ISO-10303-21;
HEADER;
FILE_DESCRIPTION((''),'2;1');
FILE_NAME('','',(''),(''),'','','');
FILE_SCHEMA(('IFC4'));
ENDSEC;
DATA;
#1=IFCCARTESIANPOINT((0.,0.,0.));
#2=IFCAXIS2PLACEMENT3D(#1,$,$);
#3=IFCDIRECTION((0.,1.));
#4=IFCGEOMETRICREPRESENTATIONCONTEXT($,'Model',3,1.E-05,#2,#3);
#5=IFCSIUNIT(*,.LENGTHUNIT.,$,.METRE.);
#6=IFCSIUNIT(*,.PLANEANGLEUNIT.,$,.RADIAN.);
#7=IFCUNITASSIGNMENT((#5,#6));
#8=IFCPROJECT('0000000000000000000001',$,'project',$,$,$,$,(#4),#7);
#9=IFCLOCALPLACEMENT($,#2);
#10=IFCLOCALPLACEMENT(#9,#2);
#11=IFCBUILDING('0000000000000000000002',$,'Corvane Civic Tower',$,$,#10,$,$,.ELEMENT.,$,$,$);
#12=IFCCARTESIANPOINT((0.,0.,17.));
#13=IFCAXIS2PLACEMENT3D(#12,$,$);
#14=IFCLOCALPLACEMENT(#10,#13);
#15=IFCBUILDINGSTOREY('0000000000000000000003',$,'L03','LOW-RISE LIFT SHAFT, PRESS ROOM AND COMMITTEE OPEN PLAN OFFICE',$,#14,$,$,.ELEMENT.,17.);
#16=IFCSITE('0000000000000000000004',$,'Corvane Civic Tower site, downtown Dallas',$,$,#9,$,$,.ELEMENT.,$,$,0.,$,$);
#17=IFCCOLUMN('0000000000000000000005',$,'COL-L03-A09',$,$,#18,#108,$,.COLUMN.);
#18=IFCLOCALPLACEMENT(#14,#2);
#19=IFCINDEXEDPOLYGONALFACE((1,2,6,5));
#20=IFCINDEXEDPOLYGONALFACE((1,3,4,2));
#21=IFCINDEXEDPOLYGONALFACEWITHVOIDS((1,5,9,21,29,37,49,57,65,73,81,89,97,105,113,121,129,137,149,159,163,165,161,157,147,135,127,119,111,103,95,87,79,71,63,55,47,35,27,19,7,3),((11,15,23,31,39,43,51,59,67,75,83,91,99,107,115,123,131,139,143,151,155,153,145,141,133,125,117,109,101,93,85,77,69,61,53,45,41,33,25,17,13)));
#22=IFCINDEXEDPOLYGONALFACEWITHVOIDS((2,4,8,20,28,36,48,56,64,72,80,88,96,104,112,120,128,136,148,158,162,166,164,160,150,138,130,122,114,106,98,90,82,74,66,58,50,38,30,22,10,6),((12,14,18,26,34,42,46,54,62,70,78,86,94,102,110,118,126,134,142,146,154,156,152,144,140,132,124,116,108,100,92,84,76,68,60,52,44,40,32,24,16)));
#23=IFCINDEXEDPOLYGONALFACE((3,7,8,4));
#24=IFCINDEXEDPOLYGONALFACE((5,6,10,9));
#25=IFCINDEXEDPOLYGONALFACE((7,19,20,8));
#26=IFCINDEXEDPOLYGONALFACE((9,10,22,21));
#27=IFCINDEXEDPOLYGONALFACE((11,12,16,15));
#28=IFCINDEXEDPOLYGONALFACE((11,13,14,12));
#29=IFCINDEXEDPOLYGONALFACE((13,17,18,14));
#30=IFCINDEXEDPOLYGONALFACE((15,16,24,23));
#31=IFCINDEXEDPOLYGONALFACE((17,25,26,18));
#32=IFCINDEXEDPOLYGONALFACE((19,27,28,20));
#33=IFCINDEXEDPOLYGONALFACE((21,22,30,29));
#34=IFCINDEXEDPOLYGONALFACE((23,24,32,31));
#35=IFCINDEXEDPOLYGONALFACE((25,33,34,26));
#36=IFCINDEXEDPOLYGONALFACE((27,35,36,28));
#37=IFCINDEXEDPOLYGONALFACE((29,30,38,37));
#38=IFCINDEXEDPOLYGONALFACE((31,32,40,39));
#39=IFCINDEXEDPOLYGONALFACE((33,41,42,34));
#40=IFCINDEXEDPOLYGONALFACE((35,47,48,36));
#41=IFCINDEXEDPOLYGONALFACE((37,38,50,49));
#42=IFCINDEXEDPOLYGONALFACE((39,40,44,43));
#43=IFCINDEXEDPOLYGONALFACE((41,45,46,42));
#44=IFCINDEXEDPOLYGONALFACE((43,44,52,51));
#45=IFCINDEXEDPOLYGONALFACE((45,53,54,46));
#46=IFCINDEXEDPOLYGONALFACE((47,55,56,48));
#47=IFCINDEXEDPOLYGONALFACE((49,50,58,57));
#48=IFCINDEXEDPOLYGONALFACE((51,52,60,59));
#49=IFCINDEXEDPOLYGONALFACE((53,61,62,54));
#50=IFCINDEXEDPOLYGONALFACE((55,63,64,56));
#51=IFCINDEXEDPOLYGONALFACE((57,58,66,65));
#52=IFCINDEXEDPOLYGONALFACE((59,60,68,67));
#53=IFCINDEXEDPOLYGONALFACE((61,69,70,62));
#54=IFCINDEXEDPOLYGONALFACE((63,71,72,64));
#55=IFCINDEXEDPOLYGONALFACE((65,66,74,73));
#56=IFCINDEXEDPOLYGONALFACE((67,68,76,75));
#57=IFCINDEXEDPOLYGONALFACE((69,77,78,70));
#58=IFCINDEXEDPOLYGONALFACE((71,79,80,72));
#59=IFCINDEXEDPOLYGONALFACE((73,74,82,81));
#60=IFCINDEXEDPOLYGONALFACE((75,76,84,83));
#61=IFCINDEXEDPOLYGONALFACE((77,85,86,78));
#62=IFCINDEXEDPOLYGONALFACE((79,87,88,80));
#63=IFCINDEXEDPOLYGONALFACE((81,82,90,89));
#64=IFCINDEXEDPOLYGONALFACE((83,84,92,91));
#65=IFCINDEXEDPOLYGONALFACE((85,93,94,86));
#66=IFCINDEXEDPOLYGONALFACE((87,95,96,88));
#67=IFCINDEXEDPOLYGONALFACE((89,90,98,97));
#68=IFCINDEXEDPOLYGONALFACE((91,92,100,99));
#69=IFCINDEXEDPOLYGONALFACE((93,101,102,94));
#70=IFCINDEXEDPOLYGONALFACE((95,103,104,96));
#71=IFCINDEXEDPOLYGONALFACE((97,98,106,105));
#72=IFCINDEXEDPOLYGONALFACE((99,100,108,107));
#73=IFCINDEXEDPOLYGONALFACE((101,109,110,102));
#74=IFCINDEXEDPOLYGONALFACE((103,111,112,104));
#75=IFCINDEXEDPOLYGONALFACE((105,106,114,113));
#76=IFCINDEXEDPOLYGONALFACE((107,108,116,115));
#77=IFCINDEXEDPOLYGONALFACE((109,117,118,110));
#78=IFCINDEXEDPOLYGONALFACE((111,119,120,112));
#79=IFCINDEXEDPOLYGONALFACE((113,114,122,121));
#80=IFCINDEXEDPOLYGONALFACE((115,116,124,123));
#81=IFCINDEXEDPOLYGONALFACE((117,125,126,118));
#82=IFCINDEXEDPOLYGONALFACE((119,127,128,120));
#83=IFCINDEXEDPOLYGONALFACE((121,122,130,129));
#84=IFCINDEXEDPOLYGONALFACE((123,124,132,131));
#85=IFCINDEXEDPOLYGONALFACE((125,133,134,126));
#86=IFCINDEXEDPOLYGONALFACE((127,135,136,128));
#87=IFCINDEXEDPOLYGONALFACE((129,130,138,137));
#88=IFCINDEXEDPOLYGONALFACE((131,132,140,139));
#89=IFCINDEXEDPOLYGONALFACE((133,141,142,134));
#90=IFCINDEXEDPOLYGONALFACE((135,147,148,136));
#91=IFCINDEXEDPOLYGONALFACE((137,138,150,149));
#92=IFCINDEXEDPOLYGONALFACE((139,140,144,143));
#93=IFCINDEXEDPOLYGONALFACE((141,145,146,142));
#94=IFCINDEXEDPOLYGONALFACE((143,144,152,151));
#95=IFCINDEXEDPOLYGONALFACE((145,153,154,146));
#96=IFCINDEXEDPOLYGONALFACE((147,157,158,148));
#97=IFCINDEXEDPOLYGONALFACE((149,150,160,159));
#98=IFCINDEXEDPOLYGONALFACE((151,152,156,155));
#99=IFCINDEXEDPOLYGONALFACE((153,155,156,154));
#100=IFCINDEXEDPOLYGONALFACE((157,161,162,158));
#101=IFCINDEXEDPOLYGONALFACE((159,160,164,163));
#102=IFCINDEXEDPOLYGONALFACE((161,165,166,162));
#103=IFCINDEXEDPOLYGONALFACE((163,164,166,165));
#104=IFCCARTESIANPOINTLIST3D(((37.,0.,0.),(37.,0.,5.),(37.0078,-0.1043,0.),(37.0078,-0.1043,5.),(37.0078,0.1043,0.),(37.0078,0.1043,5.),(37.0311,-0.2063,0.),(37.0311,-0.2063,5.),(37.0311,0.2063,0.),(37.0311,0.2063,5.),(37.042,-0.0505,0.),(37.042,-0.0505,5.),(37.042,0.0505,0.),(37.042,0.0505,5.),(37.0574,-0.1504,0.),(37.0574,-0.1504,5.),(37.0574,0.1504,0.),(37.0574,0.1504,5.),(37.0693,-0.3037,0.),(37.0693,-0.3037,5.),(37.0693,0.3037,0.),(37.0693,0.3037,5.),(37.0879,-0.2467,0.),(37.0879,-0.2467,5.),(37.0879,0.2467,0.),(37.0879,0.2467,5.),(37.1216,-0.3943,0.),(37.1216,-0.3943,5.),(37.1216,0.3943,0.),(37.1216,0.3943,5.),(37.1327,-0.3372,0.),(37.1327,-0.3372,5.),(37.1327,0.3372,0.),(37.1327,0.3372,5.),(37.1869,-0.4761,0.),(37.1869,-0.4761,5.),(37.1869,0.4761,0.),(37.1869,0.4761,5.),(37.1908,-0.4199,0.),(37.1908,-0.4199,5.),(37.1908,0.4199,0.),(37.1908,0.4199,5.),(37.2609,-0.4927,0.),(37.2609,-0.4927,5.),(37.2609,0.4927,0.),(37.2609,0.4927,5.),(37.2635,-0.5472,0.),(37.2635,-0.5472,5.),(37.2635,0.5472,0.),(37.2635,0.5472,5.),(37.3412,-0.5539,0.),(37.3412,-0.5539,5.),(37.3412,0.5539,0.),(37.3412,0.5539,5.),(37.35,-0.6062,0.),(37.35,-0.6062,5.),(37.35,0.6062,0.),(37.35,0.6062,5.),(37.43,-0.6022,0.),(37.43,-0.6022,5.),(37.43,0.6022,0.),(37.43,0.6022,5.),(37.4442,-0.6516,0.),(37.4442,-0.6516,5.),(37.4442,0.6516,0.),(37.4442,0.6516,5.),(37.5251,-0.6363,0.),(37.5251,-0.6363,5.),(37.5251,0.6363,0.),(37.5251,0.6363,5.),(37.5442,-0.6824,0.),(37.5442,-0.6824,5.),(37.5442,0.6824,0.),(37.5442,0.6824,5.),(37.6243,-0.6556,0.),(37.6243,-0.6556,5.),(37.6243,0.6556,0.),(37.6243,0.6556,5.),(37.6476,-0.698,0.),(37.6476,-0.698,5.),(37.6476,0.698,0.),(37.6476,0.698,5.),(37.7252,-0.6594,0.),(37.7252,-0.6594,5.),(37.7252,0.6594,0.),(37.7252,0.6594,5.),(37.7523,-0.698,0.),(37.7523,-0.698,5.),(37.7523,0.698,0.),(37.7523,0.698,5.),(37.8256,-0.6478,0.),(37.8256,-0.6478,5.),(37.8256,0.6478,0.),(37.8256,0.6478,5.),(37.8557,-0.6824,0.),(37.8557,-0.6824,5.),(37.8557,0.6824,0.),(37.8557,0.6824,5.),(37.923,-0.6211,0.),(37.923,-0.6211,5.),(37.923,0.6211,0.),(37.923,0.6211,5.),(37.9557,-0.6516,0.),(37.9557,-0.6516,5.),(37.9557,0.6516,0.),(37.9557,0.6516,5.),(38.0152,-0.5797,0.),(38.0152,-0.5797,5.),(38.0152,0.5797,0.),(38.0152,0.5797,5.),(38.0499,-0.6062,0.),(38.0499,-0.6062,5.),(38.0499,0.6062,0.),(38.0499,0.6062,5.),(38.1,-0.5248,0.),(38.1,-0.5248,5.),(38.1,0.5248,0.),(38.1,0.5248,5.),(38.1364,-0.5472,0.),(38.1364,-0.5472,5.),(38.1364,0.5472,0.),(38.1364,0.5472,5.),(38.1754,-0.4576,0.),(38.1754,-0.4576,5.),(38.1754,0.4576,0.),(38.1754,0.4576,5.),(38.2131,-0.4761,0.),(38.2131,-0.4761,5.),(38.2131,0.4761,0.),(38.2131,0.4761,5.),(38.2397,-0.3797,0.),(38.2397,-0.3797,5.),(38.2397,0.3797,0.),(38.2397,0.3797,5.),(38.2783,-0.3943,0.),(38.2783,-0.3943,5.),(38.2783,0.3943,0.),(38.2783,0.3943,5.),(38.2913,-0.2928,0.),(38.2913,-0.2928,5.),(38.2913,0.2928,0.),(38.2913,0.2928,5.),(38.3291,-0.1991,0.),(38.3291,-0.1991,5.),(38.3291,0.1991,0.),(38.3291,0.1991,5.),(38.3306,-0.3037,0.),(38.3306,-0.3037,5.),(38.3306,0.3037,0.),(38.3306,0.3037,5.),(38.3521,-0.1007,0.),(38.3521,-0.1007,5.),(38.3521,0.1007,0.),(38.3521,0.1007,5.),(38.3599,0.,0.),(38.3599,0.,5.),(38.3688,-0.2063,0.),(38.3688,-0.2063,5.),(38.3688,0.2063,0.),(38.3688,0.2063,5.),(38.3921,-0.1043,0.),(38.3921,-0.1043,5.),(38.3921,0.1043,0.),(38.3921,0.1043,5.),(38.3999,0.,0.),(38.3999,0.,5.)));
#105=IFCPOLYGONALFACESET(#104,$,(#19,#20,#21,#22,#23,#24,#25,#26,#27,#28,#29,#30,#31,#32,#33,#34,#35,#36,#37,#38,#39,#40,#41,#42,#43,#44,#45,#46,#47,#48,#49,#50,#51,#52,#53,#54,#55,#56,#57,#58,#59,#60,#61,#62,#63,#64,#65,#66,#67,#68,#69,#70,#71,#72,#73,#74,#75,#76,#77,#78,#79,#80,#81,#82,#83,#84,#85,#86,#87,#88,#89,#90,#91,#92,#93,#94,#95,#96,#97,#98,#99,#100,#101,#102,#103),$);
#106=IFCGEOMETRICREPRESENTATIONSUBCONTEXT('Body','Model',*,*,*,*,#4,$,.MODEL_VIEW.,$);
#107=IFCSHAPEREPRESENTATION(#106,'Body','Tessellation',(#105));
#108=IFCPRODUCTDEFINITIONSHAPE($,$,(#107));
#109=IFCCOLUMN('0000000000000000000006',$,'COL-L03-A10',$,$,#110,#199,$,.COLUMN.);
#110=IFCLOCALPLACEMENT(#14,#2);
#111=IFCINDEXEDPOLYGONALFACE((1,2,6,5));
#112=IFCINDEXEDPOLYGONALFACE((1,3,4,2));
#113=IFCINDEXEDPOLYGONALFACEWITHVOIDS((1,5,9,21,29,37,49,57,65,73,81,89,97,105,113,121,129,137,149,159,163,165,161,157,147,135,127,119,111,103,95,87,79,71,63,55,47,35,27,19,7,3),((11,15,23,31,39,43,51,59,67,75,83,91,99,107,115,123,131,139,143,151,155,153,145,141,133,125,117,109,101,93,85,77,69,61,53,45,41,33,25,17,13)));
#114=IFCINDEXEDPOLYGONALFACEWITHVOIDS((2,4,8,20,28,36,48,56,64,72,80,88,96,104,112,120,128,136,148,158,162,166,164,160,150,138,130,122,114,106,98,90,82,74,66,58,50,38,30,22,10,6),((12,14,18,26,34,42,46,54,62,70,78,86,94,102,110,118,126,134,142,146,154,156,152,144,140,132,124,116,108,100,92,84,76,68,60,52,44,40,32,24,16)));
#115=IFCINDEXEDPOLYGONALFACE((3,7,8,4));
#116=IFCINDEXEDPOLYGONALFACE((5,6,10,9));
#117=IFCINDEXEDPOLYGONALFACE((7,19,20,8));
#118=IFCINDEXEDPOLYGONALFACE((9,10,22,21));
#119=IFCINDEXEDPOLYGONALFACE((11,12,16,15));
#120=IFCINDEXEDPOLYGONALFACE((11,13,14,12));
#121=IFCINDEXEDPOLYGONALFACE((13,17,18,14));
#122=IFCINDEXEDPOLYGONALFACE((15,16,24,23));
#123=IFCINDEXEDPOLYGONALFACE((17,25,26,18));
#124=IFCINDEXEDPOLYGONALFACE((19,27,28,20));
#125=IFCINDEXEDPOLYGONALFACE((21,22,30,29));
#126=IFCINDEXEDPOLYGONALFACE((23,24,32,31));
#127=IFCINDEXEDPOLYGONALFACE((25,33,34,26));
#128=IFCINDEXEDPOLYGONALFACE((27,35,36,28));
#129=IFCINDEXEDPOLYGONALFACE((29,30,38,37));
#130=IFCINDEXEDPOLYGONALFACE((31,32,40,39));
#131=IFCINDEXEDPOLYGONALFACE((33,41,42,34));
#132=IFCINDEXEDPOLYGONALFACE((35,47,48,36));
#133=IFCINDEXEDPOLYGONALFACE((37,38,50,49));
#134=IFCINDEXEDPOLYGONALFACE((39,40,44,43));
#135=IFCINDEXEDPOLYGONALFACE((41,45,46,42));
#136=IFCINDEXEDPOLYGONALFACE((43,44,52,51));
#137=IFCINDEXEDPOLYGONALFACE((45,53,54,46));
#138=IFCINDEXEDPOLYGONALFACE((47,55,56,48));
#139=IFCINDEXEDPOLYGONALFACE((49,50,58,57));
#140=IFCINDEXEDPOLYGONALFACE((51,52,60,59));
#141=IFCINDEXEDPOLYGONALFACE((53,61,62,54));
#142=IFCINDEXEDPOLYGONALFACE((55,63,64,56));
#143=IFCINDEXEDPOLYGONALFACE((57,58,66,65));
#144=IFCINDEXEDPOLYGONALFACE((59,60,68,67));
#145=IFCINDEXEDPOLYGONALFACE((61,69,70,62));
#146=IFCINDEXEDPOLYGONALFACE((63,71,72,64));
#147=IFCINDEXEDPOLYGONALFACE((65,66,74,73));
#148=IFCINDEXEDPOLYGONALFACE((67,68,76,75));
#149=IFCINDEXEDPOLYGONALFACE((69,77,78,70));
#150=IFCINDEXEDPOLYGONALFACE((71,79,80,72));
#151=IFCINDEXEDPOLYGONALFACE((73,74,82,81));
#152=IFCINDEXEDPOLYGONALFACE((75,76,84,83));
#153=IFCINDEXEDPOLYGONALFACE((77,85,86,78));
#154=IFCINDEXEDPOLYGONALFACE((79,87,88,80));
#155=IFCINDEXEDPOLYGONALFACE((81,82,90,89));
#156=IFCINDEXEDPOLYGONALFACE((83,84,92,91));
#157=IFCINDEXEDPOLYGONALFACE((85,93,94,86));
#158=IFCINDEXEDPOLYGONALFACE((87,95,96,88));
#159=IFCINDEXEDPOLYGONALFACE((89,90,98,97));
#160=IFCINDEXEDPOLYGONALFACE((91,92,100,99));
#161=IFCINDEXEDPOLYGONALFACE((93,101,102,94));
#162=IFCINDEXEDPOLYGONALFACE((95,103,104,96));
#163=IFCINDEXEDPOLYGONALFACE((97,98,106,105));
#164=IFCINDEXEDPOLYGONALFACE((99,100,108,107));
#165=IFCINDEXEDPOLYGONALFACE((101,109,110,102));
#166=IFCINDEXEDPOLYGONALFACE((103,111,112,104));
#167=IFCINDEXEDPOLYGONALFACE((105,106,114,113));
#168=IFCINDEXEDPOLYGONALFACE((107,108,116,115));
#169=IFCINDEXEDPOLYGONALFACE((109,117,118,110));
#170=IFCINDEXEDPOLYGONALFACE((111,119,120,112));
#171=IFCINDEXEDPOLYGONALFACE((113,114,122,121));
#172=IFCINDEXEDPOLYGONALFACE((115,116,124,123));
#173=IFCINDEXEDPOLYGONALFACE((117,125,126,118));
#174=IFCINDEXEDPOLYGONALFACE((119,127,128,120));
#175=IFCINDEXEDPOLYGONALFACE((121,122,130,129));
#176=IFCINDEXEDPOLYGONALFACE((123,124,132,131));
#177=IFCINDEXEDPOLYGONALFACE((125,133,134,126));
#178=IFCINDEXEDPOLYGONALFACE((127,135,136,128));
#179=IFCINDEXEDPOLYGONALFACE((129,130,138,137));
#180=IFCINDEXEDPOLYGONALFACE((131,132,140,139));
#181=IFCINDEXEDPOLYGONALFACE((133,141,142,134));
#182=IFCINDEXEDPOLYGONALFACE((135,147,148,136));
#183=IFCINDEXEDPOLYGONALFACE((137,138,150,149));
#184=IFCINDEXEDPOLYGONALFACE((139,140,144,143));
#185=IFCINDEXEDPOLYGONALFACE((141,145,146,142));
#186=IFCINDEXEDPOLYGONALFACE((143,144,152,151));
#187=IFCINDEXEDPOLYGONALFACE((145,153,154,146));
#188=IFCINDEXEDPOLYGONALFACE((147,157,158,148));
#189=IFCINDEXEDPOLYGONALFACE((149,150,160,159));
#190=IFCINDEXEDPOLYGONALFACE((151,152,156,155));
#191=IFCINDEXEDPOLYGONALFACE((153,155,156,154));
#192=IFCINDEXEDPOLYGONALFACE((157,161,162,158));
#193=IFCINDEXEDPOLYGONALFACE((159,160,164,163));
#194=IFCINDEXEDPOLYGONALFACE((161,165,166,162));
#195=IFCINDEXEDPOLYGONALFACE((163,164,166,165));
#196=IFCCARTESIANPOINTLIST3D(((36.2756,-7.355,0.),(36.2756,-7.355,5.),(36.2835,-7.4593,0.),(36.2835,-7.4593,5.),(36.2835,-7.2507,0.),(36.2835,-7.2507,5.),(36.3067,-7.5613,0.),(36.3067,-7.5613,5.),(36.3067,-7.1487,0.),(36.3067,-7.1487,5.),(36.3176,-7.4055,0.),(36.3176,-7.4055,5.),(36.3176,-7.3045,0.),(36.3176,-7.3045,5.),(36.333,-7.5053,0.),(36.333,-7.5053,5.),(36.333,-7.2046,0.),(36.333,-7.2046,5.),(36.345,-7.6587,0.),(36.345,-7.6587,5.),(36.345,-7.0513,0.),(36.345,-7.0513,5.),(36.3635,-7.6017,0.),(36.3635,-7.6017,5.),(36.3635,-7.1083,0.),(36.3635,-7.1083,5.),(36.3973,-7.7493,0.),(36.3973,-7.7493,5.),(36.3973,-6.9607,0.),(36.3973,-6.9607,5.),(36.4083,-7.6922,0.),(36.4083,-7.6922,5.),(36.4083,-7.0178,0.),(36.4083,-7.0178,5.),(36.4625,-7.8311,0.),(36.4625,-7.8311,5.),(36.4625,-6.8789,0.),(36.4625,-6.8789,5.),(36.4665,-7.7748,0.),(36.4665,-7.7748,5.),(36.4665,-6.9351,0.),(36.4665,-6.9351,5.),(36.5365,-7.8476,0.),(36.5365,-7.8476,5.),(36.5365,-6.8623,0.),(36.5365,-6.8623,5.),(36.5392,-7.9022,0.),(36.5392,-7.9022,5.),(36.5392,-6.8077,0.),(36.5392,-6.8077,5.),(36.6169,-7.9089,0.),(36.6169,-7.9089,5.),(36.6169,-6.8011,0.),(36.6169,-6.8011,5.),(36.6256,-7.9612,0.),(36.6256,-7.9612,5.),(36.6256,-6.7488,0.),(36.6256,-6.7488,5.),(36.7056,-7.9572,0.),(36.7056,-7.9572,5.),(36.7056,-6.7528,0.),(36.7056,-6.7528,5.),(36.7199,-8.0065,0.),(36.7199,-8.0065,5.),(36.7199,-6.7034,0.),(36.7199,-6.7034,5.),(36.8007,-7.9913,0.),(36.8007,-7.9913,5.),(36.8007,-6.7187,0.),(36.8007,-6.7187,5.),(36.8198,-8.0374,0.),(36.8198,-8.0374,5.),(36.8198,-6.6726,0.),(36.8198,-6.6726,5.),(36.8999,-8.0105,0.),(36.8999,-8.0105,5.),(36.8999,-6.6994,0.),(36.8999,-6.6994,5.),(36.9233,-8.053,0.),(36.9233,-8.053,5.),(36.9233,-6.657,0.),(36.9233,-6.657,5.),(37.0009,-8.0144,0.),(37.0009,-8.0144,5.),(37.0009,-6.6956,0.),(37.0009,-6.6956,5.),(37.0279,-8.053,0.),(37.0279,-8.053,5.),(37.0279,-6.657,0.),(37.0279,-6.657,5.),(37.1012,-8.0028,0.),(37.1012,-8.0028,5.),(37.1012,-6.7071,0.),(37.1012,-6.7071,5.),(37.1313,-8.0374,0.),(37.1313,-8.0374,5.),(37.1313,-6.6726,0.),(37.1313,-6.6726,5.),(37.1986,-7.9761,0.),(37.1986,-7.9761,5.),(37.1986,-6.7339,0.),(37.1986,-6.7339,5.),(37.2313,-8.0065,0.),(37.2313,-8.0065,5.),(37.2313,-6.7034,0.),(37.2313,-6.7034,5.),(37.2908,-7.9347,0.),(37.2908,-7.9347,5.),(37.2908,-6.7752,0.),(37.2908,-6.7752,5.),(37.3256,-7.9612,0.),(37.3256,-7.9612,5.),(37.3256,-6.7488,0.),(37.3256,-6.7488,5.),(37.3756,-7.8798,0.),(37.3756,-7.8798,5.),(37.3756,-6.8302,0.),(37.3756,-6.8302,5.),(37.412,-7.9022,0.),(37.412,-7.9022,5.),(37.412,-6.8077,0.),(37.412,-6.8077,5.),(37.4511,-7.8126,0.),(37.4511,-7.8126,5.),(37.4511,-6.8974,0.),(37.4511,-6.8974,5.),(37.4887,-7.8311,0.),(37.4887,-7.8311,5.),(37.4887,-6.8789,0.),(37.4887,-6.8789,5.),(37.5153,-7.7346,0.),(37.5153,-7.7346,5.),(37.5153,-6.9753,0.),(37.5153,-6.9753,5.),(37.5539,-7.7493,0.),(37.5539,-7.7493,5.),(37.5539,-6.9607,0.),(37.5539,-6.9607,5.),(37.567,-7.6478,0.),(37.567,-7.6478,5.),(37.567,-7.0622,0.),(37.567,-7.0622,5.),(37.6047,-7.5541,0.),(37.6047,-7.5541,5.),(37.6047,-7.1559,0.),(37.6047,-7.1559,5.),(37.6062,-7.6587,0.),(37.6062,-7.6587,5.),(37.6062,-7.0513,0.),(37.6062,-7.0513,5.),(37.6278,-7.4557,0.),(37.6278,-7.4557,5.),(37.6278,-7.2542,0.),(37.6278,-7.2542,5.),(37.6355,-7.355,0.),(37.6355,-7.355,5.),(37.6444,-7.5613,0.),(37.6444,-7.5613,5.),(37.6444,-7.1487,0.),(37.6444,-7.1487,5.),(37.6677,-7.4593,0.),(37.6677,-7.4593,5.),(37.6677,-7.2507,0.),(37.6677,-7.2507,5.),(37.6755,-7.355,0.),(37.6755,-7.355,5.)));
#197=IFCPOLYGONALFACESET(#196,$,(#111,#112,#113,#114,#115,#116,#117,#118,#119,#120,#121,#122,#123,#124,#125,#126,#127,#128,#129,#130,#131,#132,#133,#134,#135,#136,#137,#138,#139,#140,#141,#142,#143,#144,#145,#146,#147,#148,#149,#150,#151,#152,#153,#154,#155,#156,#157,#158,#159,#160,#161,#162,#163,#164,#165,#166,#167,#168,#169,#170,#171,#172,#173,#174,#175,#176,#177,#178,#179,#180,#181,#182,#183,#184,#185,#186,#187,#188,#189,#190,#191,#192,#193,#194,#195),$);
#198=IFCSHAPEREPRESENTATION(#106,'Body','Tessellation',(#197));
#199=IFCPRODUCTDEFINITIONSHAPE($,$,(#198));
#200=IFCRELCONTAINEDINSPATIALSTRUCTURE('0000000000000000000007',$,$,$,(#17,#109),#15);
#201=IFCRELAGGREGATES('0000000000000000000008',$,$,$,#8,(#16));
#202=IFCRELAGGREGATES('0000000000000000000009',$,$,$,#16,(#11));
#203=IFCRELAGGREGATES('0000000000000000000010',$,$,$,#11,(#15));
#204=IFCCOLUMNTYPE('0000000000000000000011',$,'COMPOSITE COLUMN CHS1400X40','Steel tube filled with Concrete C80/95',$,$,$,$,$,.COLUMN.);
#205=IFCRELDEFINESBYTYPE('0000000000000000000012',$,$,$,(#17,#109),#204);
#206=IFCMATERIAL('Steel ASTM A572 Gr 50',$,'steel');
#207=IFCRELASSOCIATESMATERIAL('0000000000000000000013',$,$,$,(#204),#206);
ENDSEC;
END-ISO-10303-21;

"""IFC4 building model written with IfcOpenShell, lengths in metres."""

from ifc_helpers import new_model, si_unit, direction, frame, origin, origin_2d, place, context, subcontext, project, spatial, hollow_circle, extrude, material, material_profile, profile_set, type_object, element, save


model = new_model("IFC4")

# Units and contexts
model_context = context("Model", 3, precision=1e-05, world=origin(), true_north=direction((0.0, 1.0)))
body_context = subcontext(model_context, "Body", "Model", "MODEL_VIEW")
ifc_project = project(units=[si_unit("LENGTHUNIT", "METRE"), si_unit("PLANEANGLEUNIT", "RADIAN")], contexts=[model_context])

# Site, building, storey
site_placement = place(None, origin())
site = spatial("IfcSite", under=ifc_project, at=site_placement, Name="Corvane Civic Tower site, downtown Dallas", CompositionType="ELEMENT", RefElevation=0.0)
building_placement = place(site_placement, origin())
building = spatial("IfcBuilding", under=site, at=building_placement, Name="Corvane Civic Tower", CompositionType="ELEMENT")
storey_placement = place(building_placement, frame((0.0, 0.0, 17.0)))
storey = spatial("IfcBuildingStorey", under=building, at=storey_placement, Name="L03", Description="LOW-RISE LIFT SHAFT, PRESS ROOM AND COMMITTEE OPEN PLAN OFFICE", CompositionType="ELEMENT", Elevation=17.0)

# Columns
ifc_material_1 = material(Name="Steel ASTM A572 Gr 50", Category="steel")
ifc_material_profile_1 = material_profile(ifc_material_1, hollow_circle(Radius=0.7, WallThickness=0.04, at=origin_2d()), Name="CHS1400X40")
ifc_profile_set_1 = profile_set([ifc_material_profile_1], Name="Steel ASTM A572 Gr 50")
column_type_1 = type_object("IfcColumnType", Name="COMPOSITE COLUMN CHS1400X40", Description="Steel tube filled with Concrete C80/95", PredefinedType="COLUMN", material=ifc_profile_set_1)
for number, where, z_axis, x_axis, name in (
    (1, (37.7, 0.0, 0.0), (0.0, 0.0, 1.0), (1.0, 0.0, 0.0), "COL-L03-A09"),
    (2, (36.9756, -7.355, 0.0), (0.0, 0.0, 1.0), (1.0, 0.0, 0.0), "COL-L03-A10"),
):
    element("IfcColumn", number, at=place(storey_placement, frame(where, z_axis=z_axis, x_axis=x_axis)), inside=storey, type_object=column_type_1, Name=name, PredefinedType="COLUMN", context=body_context, shape_type="SweptSolid", body=[
        extrude(hollow_circle(Radius=0.7, WallThickness=0.04, at=origin_2d()), origin(), (0.0, 0.0, 1.0), 5.0),
    ])

save(model, "model.ifc")
